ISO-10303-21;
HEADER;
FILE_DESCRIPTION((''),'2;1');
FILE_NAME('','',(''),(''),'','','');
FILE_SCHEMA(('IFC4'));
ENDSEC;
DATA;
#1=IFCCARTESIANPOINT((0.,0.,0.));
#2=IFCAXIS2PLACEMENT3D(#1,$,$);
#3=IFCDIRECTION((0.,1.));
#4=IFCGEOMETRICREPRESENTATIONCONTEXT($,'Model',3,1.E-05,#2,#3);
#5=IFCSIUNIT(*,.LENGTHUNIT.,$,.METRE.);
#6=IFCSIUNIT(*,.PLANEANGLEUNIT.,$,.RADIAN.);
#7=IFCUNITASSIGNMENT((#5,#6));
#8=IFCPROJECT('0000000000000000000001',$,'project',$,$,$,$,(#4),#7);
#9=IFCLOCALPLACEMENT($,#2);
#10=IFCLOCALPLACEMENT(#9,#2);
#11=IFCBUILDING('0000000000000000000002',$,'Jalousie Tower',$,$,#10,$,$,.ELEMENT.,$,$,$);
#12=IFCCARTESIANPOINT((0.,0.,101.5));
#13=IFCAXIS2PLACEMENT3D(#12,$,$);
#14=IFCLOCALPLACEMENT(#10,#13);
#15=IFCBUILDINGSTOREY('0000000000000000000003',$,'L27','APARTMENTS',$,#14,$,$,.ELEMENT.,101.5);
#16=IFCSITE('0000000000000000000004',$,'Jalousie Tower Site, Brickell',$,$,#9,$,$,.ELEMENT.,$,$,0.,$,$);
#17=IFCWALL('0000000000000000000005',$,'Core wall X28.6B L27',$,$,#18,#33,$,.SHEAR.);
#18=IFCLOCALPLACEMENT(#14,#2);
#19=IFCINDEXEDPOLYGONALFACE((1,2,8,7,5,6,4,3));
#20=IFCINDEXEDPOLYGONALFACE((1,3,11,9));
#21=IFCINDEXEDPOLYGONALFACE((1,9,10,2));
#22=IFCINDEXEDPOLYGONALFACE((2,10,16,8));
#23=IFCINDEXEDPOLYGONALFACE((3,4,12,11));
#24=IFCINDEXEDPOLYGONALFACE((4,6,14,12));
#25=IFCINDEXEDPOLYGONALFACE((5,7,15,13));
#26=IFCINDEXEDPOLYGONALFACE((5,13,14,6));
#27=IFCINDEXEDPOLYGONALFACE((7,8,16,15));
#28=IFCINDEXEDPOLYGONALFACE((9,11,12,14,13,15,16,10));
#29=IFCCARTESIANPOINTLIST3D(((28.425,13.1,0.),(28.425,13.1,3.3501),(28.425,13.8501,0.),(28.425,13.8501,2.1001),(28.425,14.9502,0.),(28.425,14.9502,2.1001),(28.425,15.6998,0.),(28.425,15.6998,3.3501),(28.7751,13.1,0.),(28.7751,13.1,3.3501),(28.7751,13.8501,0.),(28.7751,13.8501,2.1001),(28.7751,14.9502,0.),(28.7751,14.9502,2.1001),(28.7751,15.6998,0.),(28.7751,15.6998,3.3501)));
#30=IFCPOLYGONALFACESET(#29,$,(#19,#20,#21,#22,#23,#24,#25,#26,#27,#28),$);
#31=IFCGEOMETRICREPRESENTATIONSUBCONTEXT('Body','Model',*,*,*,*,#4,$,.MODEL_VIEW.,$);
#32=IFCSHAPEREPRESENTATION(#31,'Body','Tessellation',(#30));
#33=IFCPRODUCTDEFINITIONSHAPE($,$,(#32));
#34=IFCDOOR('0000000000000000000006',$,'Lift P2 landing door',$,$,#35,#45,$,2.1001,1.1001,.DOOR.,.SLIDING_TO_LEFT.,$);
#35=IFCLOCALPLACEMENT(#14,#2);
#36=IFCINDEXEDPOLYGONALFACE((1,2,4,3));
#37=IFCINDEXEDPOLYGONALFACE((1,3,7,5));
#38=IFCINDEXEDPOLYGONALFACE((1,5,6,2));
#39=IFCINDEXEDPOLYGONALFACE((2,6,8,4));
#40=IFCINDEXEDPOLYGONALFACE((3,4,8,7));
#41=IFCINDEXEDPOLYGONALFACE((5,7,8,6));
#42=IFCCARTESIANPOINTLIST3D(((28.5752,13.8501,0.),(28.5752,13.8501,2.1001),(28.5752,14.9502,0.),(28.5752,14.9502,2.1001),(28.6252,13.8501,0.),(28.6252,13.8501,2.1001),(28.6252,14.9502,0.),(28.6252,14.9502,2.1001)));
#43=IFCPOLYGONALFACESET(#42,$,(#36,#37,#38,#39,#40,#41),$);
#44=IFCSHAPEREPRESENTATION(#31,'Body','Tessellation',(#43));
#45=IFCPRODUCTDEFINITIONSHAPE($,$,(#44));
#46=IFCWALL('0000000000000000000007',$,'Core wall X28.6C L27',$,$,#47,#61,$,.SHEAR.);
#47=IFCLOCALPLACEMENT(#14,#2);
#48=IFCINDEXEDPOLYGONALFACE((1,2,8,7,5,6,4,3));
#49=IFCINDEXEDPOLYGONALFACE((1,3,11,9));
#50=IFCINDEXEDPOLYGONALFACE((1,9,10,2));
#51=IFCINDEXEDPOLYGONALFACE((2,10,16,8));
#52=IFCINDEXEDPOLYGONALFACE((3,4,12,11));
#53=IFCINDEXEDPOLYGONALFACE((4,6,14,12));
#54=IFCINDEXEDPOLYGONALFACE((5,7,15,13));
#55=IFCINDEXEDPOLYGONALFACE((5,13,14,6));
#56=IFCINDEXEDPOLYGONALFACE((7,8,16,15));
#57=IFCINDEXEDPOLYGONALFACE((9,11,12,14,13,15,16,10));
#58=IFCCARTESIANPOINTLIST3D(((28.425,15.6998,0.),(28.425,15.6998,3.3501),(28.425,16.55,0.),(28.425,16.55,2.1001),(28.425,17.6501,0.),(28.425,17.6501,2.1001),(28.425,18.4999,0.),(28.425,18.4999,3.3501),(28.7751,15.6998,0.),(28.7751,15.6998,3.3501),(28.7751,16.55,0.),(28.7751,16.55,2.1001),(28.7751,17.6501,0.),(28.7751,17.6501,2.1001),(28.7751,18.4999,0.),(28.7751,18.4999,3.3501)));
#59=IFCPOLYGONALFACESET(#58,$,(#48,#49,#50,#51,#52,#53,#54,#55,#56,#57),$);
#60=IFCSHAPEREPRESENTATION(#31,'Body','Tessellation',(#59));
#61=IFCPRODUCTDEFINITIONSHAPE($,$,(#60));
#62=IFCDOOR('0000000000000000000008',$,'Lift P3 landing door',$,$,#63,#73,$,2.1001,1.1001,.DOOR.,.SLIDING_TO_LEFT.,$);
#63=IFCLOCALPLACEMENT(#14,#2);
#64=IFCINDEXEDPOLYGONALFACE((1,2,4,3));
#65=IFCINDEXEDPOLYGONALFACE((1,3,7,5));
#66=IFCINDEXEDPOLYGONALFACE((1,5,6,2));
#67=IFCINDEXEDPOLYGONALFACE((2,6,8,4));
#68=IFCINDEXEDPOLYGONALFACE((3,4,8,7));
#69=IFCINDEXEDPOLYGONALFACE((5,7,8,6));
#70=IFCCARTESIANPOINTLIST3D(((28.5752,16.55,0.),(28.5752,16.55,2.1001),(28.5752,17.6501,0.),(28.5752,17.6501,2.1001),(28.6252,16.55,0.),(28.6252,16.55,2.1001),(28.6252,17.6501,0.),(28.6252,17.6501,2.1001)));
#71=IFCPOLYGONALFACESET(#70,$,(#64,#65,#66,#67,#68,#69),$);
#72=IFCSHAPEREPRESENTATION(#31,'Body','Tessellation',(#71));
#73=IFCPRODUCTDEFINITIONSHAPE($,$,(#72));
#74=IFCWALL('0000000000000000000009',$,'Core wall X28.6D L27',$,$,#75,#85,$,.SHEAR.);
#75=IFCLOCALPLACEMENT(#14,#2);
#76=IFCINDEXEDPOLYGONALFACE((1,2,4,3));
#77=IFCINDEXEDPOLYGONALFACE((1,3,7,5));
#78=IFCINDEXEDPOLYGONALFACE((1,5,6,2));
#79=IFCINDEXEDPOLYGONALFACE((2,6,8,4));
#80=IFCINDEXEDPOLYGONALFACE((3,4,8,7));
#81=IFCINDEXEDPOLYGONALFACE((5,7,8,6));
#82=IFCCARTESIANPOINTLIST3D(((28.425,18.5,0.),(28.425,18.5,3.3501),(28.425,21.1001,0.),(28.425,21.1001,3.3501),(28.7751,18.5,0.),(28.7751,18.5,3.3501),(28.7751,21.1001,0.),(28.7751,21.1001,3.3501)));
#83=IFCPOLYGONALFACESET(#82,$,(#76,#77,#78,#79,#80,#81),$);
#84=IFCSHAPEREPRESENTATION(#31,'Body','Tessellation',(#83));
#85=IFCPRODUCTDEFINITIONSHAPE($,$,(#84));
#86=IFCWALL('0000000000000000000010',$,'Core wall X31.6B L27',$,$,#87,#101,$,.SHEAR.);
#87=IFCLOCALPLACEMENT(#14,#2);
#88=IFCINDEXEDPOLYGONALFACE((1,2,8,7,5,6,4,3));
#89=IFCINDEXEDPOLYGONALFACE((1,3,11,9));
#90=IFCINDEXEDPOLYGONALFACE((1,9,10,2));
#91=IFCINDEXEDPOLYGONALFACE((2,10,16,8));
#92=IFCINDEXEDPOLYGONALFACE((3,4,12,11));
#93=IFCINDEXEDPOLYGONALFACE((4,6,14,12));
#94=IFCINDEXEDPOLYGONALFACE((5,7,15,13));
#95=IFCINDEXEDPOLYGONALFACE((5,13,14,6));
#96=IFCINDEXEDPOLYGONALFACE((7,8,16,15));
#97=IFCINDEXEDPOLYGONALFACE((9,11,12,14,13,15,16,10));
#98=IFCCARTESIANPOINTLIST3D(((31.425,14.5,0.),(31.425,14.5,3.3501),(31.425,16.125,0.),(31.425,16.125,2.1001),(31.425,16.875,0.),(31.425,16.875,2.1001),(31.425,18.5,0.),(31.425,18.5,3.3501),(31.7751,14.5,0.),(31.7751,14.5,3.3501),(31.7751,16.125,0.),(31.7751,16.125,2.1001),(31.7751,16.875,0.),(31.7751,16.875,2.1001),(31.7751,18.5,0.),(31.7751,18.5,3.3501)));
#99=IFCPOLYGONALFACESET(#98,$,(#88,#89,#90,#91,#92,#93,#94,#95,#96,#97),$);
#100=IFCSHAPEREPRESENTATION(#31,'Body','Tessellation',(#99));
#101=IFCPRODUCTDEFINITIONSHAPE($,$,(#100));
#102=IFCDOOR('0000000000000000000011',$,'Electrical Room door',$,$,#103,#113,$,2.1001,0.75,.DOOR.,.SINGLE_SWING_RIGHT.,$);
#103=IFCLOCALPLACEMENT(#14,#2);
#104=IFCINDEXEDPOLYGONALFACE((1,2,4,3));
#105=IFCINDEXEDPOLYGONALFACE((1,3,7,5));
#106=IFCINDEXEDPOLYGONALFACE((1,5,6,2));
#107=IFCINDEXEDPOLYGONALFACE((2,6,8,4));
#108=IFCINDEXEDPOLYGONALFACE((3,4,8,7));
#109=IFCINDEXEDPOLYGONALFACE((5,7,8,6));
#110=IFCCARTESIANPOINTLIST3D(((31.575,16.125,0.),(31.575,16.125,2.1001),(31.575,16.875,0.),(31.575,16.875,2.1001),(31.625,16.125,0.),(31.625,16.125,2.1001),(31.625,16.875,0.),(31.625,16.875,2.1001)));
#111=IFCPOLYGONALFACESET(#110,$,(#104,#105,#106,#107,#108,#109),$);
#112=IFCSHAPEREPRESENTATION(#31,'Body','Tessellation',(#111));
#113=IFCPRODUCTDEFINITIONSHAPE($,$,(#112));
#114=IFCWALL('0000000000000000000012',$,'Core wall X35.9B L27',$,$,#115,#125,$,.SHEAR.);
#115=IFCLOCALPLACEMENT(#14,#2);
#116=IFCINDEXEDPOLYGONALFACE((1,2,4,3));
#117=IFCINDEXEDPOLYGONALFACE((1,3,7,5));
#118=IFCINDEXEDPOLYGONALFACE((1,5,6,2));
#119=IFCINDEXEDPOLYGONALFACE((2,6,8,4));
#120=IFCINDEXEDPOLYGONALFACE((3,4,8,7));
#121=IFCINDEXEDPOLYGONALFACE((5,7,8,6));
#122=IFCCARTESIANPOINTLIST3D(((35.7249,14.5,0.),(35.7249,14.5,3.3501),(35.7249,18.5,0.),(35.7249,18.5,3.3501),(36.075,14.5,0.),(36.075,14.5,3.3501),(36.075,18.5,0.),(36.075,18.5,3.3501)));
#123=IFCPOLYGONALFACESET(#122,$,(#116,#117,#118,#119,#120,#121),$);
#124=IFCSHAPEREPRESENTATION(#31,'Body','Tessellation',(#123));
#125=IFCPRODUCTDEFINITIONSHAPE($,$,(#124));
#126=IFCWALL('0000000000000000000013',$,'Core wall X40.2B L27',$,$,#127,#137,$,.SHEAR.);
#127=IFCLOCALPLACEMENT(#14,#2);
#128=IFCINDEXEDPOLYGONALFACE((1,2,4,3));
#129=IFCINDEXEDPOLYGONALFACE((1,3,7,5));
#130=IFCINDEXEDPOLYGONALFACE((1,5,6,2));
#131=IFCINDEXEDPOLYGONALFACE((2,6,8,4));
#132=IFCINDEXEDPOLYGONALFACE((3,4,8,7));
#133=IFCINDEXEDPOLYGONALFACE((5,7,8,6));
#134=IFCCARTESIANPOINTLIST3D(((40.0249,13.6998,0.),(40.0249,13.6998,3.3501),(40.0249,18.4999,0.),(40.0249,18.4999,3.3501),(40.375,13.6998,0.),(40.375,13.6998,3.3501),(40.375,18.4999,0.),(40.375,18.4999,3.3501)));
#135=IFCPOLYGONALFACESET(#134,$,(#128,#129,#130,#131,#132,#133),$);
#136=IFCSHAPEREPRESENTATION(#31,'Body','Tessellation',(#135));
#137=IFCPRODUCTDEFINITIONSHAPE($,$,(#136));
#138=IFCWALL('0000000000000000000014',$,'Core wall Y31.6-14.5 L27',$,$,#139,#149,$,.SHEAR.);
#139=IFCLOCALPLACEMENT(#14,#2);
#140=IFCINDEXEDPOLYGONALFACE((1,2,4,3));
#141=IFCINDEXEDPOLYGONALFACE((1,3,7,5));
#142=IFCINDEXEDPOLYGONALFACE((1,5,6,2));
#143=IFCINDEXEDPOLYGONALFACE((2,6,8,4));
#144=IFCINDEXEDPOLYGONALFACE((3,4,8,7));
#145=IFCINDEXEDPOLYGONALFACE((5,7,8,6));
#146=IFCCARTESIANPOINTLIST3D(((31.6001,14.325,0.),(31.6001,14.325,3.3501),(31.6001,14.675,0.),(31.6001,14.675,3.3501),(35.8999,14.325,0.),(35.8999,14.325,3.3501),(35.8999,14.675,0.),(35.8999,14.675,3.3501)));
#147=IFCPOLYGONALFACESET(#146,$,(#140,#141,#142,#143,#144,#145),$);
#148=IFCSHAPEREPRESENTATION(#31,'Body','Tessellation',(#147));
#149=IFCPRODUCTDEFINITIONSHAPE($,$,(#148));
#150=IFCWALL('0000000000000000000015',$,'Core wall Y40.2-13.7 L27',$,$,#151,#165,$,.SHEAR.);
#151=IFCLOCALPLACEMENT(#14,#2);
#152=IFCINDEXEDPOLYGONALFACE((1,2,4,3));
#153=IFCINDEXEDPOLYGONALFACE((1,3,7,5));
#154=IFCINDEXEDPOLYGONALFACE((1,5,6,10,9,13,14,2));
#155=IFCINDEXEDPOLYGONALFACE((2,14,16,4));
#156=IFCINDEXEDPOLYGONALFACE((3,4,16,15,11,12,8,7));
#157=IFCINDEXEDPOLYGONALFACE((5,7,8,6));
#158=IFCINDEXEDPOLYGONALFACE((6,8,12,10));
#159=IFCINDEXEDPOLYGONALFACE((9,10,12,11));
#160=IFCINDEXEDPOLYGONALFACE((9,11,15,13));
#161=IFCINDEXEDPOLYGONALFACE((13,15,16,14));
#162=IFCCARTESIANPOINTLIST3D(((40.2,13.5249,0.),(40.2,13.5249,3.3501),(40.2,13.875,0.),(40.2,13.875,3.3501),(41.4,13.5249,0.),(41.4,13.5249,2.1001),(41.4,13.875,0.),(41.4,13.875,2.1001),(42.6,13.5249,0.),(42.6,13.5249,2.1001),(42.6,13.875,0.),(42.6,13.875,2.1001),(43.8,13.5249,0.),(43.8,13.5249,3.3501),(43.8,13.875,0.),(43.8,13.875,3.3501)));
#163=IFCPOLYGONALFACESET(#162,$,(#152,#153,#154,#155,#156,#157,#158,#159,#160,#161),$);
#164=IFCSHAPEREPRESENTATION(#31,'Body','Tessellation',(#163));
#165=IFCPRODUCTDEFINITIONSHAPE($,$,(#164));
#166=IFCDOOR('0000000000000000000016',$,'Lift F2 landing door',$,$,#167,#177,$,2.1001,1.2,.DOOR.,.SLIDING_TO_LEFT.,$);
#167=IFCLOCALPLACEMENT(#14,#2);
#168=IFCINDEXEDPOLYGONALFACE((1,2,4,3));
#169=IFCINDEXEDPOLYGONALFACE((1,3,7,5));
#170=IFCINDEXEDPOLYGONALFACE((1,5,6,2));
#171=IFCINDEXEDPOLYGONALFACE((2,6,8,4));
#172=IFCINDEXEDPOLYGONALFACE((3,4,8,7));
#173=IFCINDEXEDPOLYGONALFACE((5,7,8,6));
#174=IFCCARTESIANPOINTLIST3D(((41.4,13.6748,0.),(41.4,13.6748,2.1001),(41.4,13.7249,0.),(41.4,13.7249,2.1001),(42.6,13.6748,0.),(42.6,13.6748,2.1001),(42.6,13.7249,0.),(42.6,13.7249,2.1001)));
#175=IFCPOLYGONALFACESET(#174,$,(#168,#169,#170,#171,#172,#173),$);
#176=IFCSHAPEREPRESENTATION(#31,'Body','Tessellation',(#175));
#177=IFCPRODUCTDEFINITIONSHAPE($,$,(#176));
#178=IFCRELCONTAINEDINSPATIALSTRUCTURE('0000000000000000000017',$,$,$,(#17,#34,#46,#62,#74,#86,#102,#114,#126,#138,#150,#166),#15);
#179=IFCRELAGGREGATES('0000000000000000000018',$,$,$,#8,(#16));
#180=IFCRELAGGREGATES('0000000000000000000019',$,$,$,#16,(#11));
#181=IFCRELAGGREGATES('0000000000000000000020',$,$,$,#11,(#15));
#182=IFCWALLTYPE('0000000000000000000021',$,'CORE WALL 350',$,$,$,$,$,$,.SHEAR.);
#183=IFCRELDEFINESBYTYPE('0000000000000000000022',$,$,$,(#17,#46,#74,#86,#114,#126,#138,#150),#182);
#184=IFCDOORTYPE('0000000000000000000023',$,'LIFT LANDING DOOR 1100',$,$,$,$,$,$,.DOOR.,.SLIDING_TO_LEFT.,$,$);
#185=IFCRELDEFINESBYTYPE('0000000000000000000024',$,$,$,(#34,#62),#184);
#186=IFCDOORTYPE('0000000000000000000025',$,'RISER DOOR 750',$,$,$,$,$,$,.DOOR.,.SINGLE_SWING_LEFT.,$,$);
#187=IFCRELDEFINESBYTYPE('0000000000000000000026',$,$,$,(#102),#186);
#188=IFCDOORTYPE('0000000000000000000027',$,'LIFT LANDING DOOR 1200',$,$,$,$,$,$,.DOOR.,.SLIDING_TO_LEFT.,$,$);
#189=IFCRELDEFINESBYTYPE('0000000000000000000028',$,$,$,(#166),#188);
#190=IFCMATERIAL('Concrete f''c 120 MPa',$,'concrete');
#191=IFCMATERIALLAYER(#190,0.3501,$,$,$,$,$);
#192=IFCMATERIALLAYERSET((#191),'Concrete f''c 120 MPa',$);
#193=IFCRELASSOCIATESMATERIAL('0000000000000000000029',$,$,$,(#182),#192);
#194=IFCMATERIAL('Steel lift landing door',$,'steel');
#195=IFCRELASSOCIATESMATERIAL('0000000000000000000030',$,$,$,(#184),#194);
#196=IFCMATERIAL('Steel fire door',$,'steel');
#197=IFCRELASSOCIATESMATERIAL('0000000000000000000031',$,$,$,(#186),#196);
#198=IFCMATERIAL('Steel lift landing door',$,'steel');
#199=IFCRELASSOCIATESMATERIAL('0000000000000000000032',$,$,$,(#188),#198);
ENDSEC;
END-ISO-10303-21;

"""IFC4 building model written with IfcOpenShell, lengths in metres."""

from ifc_helpers import new_model, si_unit, direction, frame, frame_2d, origin, place, context, subcontext, project, spatial, rectangle, extrude, material, layer, layer_set, type_object, element, fill, save


model = new_model("IFC4")

# Units and contexts
model_context = context("Model", 3, precision=1e-05, world=origin(), true_north=direction((0.0, 1.0)))
body_context = subcontext(model_context, "Body", "Model", "MODEL_VIEW")
ifc_project = project(units=[si_unit("LENGTHUNIT", "METRE"), si_unit("PLANEANGLEUNIT", "RADIAN")], contexts=[model_context])

# Site, building, storey
site_placement = place(None, origin())
site = spatial("IfcSite", under=ifc_project, at=site_placement, Name="Jalousie Tower Site, Brickell", CompositionType="ELEMENT", RefElevation=0.0)
building_placement = place(site_placement, origin())
building = spatial("IfcBuilding", under=site, at=building_placement, Name="Jalousie Tower", CompositionType="ELEMENT")
storey_placement = place(building_placement, frame((0.0, 0.0, 101.5)))
storey = spatial("IfcBuildingStorey", under=building, at=storey_placement, Name="L27", Description="APARTMENTS", CompositionType="ELEMENT", Elevation=101.5)

# Walls, openings, doors
ifc_material_1 = material(Name="Concrete f'c 120 MPa", Category="concrete")
ifc_layer = layer(ifc_material_1, 0.3501)
ifc_layer_set = layer_set([ifc_layer], Name="Concrete f'c 120 MPa")
wall_type = type_object("IfcWallType", Name="CORE WALL 350", PredefinedType="SHEAR", material=ifc_layer_set)
wall_1_placement = place(storey_placement, frame((28.6001, 13.1001, 0.0), z_axis=(0.0, 0.0, 1.0), x_axis=(0.0, 1.0, 0.0)))
wall_1 = element("IfcWall", 1, at=wall_1_placement, inside=storey, type_object=wall_type, Name="Core wall X28.6B L27", PredefinedType="SHEAR", context=body_context, shape_type="SweptSolid", body=[
    extrude(rectangle(XDim=2.5999, YDim=0.3501, at=frame_2d((1.2998, 0.0))), origin(), (0.0, 0.0, 1.0), 3.3501),
])
opening_1_placement = place(wall_1_placement, frame((0.75, 0.0, 0.0)))
opening_1 = element("IfcOpeningElement", 2, at=opening_1_placement, cuts=wall_1, PredefinedType="OPENING", context=body_context, shape_type="SweptSolid", body=[
    extrude(rectangle(XDim=1.1001, YDim=2.1001, at=frame_2d((0.55, 1.05))), frame((0.0, 0.1851, 0.0), z_axis=(0.0, -1.0, 0.0), x_axis=(1.0, 0.0, 0.0)), (0.0, 0.0, 1.0), 0.3701),
])
ifc_material_2 = material(Name="Steel lift landing door", Category="steel")
door_type_1 = type_object("IfcDoorType", Name="LIFT LANDING DOOR 1100", OperationType="SLIDING_TO_LEFT", PredefinedType="DOOR", material=ifc_material_2)
door_1_placement = place(opening_1_placement, origin())
door_1 = element("IfcDoor", 3, at=door_1_placement, inside=storey, type_object=door_type_1, Name="Lift P2 landing door", OperationType="SLIDING_TO_LEFT", OverallHeight=2.1001, OverallWidth=1.1001, PredefinedType="DOOR", context=body_context, shape_type="SweptSolid", body=[
    extrude(rectangle(XDim=1.1001, YDim=2.1001, at=frame_2d((0.55, 1.05))), frame((0.0, 0.0249, 0.0), z_axis=(0.0, -1.0, 0.0), x_axis=(1.0, 0.0, 0.0)), (0.0, 0.0, 1.0), 0.05),
])
fill(opening_1, door_1)
wall_2_placement = place(storey_placement, frame((28.6001, 15.7, 0.0), z_axis=(0.0, 0.0, 1.0), x_axis=(0.0, 1.0, 0.0)))
wall_2 = element("IfcWall", 4, at=wall_2_placement, inside=storey, type_object=wall_type, Name="Core wall X28.6C L27", PredefinedType="SHEAR", context=body_context, shape_type="SweptSolid", body=[
    extrude(rectangle(XDim=2.8, YDim=0.3501, at=frame_2d((1.3999, 0.0))), origin(), (0.0, 0.0, 1.0), 3.3501),
])
opening_2_placement = place(wall_2_placement, frame((0.8501, 0.0, 0.0)))
opening_2 = element("IfcOpeningElement", 5, at=opening_2_placement, cuts=wall_2, PredefinedType="OPENING", context=body_context, shape_type="SweptSolid", body=[
    extrude(rectangle(XDim=1.1001, YDim=2.1001, at=frame_2d((0.55, 1.05))), frame((0.0, 0.1851, 0.0), z_axis=(0.0, -1.0, 0.0), x_axis=(1.0, 0.0, 0.0)), (0.0, 0.0, 1.0), 0.3701),
])
door_2_placement = place(opening_2_placement, origin())
door_2 = element("IfcDoor", 6, at=door_2_placement, inside=storey, type_object=door_type_1, Name="Lift P3 landing door", OperationType="SLIDING_TO_LEFT", OverallHeight=2.1001, OverallWidth=1.1001, PredefinedType="DOOR", context=body_context, shape_type="SweptSolid", body=[
    extrude(rectangle(XDim=1.1001, YDim=2.1001, at=frame_2d((0.55, 1.05))), frame((0.0, 0.0249, 0.0), z_axis=(0.0, -1.0, 0.0), x_axis=(1.0, 0.0, 0.0)), (0.0, 0.0, 1.0), 0.05),
])
fill(opening_2, door_2)

# Wall
wall_3_placement = place(storey_placement, frame((28.6001, 18.5, 0.0), z_axis=(0.0, 0.0, 1.0), x_axis=(0.0, 1.0, 0.0)))
element("IfcWall", 7, at=wall_3_placement, inside=storey, type_object=wall_type, Name="Core wall X28.6D L27", PredefinedType="SHEAR", context=body_context, shape_type="SweptSolid", body=[
    extrude(rectangle(XDim=2.6001, YDim=0.3501, at=frame_2d((1.3, 0.0))), origin(), (0.0, 0.0, 1.0), 3.3501),
])

# Wall, opening, door
wall_4_placement = place(storey_placement, frame((31.6001, 14.5, 0.0), z_axis=(0.0, 0.0, 1.0), x_axis=(0.0, 1.0, 0.0)))
wall_4 = element("IfcWall", 8, at=wall_4_placement, inside=storey, type_object=wall_type, Name="Core wall X31.6B L27", PredefinedType="SHEAR", context=body_context, shape_type="SweptSolid", body=[
    extrude(rectangle(XDim=4.0, YDim=0.3501, at=frame_2d((2.0, 0.0))), origin(), (0.0, 0.0, 1.0), 3.3501),
])
opening_3_placement = place(wall_4_placement, frame((1.625, 0.0, 0.0)))
opening_3 = element("IfcOpeningElement", 9, at=opening_3_placement, cuts=wall_4, PredefinedType="OPENING", context=body_context, shape_type="SweptSolid", body=[
    extrude(rectangle(XDim=0.75, YDim=2.1001, at=frame_2d((0.375, 1.05))), frame((0.0, 0.1851, 0.0), z_axis=(0.0, -1.0, 0.0), x_axis=(1.0, 0.0, 0.0)), (0.0, 0.0, 1.0), 0.3701),
])
ifc_material_3 = material(Name="Steel fire door", Category="steel")
door_type_2 = type_object("IfcDoorType", Name="RISER DOOR 750", OperationType="SINGLE_SWING_LEFT", PredefinedType="DOOR", material=ifc_material_3)
door_3_placement = place(opening_3_placement, frame((0.75, 0.0, 0.0), z_axis=(0.0, 0.0, 1.0), x_axis=(-1.0, 0.0, 0.0)))
door_3 = element("IfcDoor", 10, at=door_3_placement, inside=storey, type_object=door_type_2, Name="Electrical Room door", OperationType="SINGLE_SWING_RIGHT", OverallHeight=2.1001, OverallWidth=0.75, PredefinedType="DOOR", context=body_context, shape_type="SweptSolid", body=[
    extrude(rectangle(XDim=0.75, YDim=2.1001, at=frame_2d((0.375, 1.05))), frame((0.0, 0.0249, 0.0), z_axis=(0.0, -1.0, 0.0), x_axis=(1.0, 0.0, 0.0)), (0.0, 0.0, 1.0), 0.05),
])
fill(opening_3, door_3)

# Walls
wall_5_placement = place(storey_placement, frame((35.8999, 14.5, 0.0), z_axis=(0.0, 0.0, 1.0), x_axis=(0.0, 1.0, 0.0)))
element("IfcWall", 11, at=wall_5_placement, inside=storey, type_object=wall_type, Name="Core wall X35.9B L27", PredefinedType="SHEAR", context=body_context, shape_type="SweptSolid", body=[
    extrude(rectangle(XDim=4.0, YDim=0.3501, at=frame_2d((2.0, 0.0))), origin(), (0.0, 0.0, 1.0), 3.3501),
])
wall_6_placement = place(storey_placement, frame((40.2, 13.7, 0.0), z_axis=(0.0, 0.0, 1.0), x_axis=(0.0, 1.0, 0.0)))
element("IfcWall", 12, at=wall_6_placement, inside=storey, type_object=wall_type, Name="Core wall X40.2B L27", PredefinedType="SHEAR", context=body_context, shape_type="SweptSolid", body=[
    extrude(rectangle(XDim=4.8, YDim=0.3501, at=frame_2d((2.3999, 0.0))), origin(), (0.0, 0.0, 1.0), 3.3501),
])
wall_7_placement = place(storey_placement, frame((31.6001, 14.5, 0.0), z_axis=(0.0, 0.0, 1.0), x_axis=(1.0, 0.0, 0.0)))
element("IfcWall", 13, at=wall_7_placement, inside=storey, type_object=wall_type, Name="Core wall Y31.6-14.5 L27", PredefinedType="SHEAR", context=body_context, shape_type="SweptSolid", body=[
    extrude(rectangle(XDim=4.2998, YDim=0.3501, at=frame_2d((2.1499, 0.0))), origin(), (0.0, 0.0, 1.0), 3.3501),
])

# Wall, opening, door
wall_8_placement = place(storey_placement, frame((40.2, 13.7, 0.0), z_axis=(0.0, 0.0, 1.0), x_axis=(1.0, 0.0, 0.0)))
wall_8 = element("IfcWall", 14, at=wall_8_placement, inside=storey, type_object=wall_type, Name="Core wall Y40.2-13.7 L27", PredefinedType="SHEAR", context=body_context, shape_type="SweptSolid", body=[
    extrude(rectangle(XDim=3.6001, YDim=0.3501, at=frame_2d((1.8, 0.0))), origin(), (0.0, 0.0, 1.0), 3.3501),
])
opening_4_placement = place(wall_8_placement, frame((1.2, 0.0, 0.0)))
opening_4 = element("IfcOpeningElement", 15, at=opening_4_placement, cuts=wall_8, PredefinedType="OPENING", context=body_context, shape_type="SweptSolid", body=[
    extrude(rectangle(XDim=1.2, YDim=2.1001, at=frame_2d((0.6001, 1.05))), frame((0.0, 0.1851, 0.0), z_axis=(0.0, -1.0, 0.0), x_axis=(1.0, 0.0, 0.0)), (0.0, 0.0, 1.0), 0.3701),
])
ifc_material_4 = material(Name="Steel lift landing door", Category="steel")
door_type_3 = type_object("IfcDoorType", Name="LIFT LANDING DOOR 1200", OperationType="SLIDING_TO_LEFT", PredefinedType="DOOR", material=ifc_material_4)
door_4_placement = place(opening_4_placement, origin())
door_4 = element("IfcDoor", 16, at=door_4_placement, inside=storey, type_object=door_type_3, Name="Lift F2 landing door", OperationType="SLIDING_TO_LEFT", OverallHeight=2.1001, OverallWidth=1.2, PredefinedType="DOOR", context=body_context, shape_type="SweptSolid", body=[
    extrude(rectangle(XDim=1.2, YDim=2.1001, at=frame_2d((0.6001, 1.05))), frame((0.0, 0.0249, 0.0), z_axis=(0.0, -1.0, 0.0), x_axis=(1.0, 0.0, 0.0)), (0.0, 0.0, 1.0), 0.05),
])
fill(opening_4, door_4)

save(model, "model.ifc")
